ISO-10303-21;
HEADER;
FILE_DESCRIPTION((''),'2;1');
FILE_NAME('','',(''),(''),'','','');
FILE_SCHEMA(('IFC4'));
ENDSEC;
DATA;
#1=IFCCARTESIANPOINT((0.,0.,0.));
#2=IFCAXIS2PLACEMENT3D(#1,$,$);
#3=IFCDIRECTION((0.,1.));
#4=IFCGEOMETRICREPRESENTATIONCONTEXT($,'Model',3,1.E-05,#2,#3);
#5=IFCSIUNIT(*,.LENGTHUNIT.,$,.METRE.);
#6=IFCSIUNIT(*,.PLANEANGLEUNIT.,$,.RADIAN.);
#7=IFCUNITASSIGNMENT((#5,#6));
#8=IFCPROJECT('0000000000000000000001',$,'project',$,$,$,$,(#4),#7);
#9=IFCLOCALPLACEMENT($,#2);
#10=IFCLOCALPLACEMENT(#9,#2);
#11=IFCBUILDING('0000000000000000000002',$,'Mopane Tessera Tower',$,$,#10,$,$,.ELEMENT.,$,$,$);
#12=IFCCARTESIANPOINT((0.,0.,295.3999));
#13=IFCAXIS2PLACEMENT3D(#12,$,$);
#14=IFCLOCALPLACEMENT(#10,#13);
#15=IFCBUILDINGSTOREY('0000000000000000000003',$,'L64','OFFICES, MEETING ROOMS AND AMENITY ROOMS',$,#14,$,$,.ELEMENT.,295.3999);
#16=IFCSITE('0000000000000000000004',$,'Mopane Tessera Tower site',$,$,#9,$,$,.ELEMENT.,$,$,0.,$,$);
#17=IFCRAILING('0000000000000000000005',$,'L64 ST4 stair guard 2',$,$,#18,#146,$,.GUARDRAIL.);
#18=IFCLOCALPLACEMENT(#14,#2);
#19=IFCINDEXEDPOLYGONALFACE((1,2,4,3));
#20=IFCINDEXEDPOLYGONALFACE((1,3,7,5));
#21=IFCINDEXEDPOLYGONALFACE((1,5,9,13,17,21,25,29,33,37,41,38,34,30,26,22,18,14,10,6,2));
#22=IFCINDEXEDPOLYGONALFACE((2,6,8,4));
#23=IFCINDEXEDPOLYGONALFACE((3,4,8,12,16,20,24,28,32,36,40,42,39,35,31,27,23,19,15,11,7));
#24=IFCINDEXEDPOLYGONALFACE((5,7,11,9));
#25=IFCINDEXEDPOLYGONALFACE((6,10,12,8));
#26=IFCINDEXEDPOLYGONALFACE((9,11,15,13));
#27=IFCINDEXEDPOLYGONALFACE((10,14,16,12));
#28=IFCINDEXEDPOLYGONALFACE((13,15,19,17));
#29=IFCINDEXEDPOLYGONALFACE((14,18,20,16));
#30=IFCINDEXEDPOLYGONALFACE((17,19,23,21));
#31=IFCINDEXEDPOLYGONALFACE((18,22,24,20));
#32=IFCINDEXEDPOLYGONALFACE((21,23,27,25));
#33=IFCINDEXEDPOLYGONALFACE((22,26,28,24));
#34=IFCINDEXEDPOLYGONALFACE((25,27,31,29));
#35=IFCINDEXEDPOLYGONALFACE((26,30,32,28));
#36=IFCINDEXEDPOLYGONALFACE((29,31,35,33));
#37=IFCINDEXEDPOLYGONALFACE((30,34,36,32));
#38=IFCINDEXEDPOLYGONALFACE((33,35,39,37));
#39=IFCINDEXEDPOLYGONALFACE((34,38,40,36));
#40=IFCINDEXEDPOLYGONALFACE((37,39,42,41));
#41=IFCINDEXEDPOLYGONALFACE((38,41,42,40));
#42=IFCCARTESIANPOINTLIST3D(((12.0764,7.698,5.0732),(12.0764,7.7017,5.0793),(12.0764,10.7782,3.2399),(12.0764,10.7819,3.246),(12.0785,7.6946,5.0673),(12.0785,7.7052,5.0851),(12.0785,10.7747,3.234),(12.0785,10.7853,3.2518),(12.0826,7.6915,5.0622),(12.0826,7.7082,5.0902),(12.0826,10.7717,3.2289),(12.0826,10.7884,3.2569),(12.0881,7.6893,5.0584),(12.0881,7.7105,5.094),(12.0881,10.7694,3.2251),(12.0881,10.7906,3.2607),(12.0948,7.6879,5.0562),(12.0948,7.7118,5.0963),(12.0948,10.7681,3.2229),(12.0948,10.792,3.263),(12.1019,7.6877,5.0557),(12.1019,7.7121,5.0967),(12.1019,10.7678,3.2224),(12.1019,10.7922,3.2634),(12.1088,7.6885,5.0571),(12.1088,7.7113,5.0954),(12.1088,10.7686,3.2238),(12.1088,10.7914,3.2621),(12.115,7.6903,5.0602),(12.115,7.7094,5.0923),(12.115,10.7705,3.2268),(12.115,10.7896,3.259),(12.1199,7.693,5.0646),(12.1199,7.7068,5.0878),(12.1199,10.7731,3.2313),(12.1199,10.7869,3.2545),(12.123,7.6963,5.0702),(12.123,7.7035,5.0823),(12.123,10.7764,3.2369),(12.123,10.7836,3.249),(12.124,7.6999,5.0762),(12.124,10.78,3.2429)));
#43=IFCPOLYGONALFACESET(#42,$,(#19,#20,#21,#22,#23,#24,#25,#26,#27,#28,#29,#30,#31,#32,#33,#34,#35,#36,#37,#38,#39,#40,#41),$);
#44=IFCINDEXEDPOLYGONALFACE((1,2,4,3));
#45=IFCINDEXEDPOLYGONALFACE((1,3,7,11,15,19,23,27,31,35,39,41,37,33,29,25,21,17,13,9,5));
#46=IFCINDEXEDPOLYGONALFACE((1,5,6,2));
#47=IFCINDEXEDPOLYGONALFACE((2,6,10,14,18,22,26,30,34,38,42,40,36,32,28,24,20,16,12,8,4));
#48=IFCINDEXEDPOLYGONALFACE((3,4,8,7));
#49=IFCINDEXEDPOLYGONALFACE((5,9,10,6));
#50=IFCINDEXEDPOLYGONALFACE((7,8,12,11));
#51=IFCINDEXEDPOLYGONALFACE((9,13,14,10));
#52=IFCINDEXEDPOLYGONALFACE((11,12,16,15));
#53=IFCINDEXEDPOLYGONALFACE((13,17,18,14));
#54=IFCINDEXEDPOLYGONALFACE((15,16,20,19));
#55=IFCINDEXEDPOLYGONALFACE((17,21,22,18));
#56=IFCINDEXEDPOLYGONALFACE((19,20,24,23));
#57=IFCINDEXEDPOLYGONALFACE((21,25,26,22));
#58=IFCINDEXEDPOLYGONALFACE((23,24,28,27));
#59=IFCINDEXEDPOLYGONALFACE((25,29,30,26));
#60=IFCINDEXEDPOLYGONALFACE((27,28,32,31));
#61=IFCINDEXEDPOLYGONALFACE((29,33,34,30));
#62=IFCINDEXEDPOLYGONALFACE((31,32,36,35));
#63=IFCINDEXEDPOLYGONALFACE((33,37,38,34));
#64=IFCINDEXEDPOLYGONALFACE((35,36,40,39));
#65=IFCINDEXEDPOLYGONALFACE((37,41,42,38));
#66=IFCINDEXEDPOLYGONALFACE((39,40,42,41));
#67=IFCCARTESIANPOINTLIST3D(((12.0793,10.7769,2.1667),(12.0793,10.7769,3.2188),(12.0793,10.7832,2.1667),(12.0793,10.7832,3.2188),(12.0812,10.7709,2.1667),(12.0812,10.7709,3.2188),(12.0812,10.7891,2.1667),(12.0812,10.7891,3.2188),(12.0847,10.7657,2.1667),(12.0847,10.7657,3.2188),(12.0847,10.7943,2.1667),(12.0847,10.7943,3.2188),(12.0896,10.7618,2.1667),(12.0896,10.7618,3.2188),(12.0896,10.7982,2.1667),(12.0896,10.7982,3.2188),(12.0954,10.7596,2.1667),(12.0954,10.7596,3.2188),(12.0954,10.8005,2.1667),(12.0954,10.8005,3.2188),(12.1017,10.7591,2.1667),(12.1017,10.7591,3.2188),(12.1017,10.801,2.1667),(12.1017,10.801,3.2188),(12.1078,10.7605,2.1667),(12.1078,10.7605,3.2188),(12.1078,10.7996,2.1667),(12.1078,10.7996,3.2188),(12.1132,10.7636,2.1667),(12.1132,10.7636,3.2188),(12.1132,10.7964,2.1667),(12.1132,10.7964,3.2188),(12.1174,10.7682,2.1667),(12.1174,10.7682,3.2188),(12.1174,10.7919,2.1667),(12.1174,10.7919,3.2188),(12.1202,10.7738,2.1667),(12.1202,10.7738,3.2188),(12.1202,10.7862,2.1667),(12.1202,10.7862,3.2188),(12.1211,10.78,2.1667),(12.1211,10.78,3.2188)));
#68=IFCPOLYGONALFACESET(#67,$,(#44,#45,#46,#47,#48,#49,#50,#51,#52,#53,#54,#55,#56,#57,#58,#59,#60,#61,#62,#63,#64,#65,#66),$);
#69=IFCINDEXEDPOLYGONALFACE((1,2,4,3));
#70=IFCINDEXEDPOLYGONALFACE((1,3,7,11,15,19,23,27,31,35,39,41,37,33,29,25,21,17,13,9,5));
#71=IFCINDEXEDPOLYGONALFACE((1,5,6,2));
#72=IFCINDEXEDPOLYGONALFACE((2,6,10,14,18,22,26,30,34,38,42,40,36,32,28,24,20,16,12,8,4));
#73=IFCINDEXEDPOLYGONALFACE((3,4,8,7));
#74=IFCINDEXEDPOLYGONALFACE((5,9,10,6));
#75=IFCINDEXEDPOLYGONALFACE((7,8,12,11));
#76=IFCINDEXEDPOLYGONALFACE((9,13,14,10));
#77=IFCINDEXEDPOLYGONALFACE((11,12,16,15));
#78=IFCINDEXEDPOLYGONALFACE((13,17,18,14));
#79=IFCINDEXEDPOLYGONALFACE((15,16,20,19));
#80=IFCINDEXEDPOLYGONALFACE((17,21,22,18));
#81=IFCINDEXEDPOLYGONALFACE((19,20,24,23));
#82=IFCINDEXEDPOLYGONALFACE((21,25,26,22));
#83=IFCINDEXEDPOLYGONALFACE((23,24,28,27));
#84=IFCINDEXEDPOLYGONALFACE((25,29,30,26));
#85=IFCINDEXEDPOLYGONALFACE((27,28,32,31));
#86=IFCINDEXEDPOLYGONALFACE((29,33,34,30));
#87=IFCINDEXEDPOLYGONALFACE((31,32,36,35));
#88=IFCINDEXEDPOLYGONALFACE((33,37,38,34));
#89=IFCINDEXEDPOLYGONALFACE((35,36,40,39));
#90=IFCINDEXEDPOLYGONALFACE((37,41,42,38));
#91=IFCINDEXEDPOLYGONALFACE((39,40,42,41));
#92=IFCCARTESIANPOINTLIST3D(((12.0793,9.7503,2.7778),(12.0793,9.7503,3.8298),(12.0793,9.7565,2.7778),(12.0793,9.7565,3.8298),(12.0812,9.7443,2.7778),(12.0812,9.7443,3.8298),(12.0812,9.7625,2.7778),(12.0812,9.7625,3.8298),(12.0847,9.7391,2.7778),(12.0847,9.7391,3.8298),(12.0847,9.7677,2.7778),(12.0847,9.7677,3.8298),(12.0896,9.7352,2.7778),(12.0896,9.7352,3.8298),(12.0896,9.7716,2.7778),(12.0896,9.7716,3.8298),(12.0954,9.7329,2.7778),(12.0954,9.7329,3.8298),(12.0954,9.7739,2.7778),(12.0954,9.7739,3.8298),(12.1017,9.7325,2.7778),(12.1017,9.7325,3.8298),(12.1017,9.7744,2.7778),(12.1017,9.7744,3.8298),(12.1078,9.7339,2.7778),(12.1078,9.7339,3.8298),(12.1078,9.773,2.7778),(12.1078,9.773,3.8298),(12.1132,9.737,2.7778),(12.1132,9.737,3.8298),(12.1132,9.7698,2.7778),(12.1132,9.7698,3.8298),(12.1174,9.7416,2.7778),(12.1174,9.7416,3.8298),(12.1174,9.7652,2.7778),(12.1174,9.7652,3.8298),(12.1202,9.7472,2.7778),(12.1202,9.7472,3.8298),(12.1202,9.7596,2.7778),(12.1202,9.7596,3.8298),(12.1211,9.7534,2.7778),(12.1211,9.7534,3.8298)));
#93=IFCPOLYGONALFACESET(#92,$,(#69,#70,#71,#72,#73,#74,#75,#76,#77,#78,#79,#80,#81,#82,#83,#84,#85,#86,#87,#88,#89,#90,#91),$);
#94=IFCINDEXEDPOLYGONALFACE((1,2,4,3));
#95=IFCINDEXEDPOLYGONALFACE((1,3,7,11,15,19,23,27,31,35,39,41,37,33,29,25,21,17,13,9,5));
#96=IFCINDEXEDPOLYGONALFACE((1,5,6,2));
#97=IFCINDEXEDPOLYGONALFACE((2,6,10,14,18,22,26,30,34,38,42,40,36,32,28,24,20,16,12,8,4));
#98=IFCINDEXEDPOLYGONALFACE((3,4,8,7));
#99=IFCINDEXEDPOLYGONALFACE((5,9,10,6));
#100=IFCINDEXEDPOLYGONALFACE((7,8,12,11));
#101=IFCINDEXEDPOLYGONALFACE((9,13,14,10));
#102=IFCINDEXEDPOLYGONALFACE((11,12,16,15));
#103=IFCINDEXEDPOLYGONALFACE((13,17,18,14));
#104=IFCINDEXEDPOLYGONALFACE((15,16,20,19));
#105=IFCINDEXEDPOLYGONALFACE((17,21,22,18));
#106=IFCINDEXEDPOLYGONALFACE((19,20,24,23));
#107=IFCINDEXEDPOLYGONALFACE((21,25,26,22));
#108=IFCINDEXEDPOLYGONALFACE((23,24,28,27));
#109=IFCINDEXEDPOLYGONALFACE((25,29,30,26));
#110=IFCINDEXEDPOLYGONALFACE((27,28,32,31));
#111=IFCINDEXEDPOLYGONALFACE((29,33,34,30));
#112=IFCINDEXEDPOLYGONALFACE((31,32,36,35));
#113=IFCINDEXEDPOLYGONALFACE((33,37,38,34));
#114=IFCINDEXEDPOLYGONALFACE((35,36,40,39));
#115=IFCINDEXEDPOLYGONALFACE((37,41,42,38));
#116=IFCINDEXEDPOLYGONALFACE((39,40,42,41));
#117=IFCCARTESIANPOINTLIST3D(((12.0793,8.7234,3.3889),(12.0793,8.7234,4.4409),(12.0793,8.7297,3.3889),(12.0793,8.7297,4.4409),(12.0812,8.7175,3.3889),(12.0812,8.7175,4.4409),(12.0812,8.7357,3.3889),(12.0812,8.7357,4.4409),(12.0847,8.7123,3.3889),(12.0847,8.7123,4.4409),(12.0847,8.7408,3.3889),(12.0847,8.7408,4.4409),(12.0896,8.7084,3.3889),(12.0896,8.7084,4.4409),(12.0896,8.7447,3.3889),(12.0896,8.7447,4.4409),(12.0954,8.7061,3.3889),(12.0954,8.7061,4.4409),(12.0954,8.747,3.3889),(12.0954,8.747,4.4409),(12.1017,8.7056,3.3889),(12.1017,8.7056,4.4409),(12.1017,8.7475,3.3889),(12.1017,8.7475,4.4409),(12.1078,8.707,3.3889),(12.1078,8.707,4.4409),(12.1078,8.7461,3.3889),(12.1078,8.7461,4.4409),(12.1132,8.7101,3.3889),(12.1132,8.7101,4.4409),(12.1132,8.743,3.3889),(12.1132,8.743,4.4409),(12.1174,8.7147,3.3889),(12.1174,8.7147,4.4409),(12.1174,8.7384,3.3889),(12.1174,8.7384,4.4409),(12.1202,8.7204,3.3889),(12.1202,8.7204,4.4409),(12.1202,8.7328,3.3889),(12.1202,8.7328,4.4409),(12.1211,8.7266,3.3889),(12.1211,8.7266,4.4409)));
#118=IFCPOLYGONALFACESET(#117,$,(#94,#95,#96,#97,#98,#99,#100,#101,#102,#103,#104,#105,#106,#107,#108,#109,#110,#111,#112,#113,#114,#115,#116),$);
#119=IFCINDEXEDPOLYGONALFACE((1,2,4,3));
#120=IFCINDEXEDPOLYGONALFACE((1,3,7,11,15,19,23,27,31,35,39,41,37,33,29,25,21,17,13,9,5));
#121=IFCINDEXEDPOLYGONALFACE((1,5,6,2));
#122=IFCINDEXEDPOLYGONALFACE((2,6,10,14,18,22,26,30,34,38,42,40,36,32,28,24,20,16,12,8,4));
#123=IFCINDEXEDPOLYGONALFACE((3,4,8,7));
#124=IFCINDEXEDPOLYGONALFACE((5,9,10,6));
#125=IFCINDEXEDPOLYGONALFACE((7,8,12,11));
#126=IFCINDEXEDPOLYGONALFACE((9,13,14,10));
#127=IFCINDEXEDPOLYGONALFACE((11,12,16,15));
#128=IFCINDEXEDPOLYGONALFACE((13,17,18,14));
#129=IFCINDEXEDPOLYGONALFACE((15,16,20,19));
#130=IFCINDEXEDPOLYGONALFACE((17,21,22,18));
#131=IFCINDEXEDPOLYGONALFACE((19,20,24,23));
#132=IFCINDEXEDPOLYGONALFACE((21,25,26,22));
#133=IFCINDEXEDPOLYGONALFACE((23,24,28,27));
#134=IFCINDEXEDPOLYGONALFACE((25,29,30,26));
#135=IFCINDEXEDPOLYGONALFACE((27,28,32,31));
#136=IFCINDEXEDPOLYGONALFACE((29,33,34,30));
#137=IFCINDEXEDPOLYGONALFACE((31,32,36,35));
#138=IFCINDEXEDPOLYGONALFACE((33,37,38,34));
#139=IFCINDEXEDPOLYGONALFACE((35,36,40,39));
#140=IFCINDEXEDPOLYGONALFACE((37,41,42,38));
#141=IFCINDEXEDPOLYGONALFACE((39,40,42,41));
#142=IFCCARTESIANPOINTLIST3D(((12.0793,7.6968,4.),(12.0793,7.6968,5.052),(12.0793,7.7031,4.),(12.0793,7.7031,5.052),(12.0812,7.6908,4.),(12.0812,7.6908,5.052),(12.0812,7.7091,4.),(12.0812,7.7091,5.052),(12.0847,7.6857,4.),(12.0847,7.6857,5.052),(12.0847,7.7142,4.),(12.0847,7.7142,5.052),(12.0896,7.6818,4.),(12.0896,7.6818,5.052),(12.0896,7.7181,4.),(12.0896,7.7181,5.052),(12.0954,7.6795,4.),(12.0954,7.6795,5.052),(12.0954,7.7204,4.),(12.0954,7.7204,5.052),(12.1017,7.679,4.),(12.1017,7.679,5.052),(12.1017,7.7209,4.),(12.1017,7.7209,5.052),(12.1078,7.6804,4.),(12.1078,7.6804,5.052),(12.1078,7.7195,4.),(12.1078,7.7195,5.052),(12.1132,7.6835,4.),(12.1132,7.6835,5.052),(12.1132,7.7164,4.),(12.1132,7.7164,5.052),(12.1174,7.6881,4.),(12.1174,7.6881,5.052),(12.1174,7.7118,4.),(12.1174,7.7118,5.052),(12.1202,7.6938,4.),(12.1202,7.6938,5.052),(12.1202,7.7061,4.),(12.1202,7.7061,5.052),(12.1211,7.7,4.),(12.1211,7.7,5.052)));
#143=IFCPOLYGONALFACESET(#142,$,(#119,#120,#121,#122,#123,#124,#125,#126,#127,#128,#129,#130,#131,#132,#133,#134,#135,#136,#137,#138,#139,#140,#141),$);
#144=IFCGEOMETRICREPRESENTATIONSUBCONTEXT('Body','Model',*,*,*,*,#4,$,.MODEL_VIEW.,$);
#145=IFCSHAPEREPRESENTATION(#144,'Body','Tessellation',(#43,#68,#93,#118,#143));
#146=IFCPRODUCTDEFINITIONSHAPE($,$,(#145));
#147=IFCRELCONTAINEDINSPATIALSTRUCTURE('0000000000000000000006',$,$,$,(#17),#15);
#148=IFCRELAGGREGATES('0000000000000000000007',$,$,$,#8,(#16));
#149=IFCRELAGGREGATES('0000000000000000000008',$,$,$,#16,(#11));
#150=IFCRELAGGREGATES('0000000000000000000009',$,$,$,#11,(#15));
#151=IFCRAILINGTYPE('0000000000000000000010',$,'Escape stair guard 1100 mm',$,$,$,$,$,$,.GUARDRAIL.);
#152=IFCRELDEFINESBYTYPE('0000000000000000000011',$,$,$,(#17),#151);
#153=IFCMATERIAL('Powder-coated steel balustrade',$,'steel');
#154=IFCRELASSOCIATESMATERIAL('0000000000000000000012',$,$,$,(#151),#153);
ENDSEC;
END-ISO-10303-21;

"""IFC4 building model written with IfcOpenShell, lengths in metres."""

from ifc_helpers import new_model, si_unit, direction, frame, origin, origin_2d, place, context, subcontext, project, spatial, circle, extrude, material, type_object, element, save


model = new_model("IFC4")

# Units and contexts
model_context = context("Model", 3, precision=1e-05, world=origin(), true_north=direction((0.0, 1.0)))
body_context = subcontext(model_context, "Body", "Model", "MODEL_VIEW")
ifc_project = project(units=[si_unit("LENGTHUNIT", "METRE"), si_unit("PLANEANGLEUNIT", "RADIAN")], contexts=[model_context])

# Site, building, storey
site_placement = place(None, origin())
site = spatial("IfcSite", under=ifc_project, at=site_placement, Name="Mopane Tessera Tower site", CompositionType="ELEMENT", RefElevation=0.0)
building_placement = place(site_placement, origin())
building = spatial("IfcBuilding", under=site, at=building_placement, Name="Mopane Tessera Tower", CompositionType="ELEMENT")
storey_placement = place(building_placement, frame((0.0, 0.0, 295.3999)))
storey = spatial("IfcBuildingStorey", under=building, at=storey_placement, Name="L64", Description="OFFICES, MEETING ROOMS AND AMENITY ROOMS", CompositionType="ELEMENT", Elevation=295.3999)

# Railing
ifc_material_1 = material(Name="Powder-coated steel balustrade", Category="steel")
railing_type_1 = type_object("IfcRailingType", Name="Escape stair guard 1100 mm", PredefinedType="GUARDRAIL", material=ifc_material_1)
railing_1_placement = place(storey_placement, frame((12.1001, 10.78, 2.1667)))
element("IfcRailing", 1, at=railing_1_placement, inside=storey, type_object=railing_type_1, Name="L64 ST4 stair guard 2", PredefinedType="GUARDRAIL", context=body_context, shape_type="SweptSolid", body=[
    extrude(circle(Radius=0.0239, at=origin_2d()), frame((0.0, 0.0, 1.0762), z_axis=(0.0, -0.859309, 0.511458), x_axis=(1.0, 0.0, 0.0)), (0.0, 0.0, 1.0), 3.5845),
    extrude(circle(Radius=0.021, at=origin_2d()), origin(), (0.0, 0.0, 1.0), 1.052),
    extrude(circle(Radius=0.021, at=origin_2d()), frame((0.0, -1.0266, 0.6111)), (0.0, 0.0, 1.0), 1.052),
    extrude(circle(Radius=0.021, at=origin_2d()), frame((0.0, -2.0535, 1.2222)), (0.0, 0.0, 1.0), 1.052),
    extrude(circle(Radius=0.021, at=origin_2d()), frame((0.0, -3.0801, 1.8333)), (0.0, 0.0, 1.0), 1.052),
])

save(model, "model.ifc")
